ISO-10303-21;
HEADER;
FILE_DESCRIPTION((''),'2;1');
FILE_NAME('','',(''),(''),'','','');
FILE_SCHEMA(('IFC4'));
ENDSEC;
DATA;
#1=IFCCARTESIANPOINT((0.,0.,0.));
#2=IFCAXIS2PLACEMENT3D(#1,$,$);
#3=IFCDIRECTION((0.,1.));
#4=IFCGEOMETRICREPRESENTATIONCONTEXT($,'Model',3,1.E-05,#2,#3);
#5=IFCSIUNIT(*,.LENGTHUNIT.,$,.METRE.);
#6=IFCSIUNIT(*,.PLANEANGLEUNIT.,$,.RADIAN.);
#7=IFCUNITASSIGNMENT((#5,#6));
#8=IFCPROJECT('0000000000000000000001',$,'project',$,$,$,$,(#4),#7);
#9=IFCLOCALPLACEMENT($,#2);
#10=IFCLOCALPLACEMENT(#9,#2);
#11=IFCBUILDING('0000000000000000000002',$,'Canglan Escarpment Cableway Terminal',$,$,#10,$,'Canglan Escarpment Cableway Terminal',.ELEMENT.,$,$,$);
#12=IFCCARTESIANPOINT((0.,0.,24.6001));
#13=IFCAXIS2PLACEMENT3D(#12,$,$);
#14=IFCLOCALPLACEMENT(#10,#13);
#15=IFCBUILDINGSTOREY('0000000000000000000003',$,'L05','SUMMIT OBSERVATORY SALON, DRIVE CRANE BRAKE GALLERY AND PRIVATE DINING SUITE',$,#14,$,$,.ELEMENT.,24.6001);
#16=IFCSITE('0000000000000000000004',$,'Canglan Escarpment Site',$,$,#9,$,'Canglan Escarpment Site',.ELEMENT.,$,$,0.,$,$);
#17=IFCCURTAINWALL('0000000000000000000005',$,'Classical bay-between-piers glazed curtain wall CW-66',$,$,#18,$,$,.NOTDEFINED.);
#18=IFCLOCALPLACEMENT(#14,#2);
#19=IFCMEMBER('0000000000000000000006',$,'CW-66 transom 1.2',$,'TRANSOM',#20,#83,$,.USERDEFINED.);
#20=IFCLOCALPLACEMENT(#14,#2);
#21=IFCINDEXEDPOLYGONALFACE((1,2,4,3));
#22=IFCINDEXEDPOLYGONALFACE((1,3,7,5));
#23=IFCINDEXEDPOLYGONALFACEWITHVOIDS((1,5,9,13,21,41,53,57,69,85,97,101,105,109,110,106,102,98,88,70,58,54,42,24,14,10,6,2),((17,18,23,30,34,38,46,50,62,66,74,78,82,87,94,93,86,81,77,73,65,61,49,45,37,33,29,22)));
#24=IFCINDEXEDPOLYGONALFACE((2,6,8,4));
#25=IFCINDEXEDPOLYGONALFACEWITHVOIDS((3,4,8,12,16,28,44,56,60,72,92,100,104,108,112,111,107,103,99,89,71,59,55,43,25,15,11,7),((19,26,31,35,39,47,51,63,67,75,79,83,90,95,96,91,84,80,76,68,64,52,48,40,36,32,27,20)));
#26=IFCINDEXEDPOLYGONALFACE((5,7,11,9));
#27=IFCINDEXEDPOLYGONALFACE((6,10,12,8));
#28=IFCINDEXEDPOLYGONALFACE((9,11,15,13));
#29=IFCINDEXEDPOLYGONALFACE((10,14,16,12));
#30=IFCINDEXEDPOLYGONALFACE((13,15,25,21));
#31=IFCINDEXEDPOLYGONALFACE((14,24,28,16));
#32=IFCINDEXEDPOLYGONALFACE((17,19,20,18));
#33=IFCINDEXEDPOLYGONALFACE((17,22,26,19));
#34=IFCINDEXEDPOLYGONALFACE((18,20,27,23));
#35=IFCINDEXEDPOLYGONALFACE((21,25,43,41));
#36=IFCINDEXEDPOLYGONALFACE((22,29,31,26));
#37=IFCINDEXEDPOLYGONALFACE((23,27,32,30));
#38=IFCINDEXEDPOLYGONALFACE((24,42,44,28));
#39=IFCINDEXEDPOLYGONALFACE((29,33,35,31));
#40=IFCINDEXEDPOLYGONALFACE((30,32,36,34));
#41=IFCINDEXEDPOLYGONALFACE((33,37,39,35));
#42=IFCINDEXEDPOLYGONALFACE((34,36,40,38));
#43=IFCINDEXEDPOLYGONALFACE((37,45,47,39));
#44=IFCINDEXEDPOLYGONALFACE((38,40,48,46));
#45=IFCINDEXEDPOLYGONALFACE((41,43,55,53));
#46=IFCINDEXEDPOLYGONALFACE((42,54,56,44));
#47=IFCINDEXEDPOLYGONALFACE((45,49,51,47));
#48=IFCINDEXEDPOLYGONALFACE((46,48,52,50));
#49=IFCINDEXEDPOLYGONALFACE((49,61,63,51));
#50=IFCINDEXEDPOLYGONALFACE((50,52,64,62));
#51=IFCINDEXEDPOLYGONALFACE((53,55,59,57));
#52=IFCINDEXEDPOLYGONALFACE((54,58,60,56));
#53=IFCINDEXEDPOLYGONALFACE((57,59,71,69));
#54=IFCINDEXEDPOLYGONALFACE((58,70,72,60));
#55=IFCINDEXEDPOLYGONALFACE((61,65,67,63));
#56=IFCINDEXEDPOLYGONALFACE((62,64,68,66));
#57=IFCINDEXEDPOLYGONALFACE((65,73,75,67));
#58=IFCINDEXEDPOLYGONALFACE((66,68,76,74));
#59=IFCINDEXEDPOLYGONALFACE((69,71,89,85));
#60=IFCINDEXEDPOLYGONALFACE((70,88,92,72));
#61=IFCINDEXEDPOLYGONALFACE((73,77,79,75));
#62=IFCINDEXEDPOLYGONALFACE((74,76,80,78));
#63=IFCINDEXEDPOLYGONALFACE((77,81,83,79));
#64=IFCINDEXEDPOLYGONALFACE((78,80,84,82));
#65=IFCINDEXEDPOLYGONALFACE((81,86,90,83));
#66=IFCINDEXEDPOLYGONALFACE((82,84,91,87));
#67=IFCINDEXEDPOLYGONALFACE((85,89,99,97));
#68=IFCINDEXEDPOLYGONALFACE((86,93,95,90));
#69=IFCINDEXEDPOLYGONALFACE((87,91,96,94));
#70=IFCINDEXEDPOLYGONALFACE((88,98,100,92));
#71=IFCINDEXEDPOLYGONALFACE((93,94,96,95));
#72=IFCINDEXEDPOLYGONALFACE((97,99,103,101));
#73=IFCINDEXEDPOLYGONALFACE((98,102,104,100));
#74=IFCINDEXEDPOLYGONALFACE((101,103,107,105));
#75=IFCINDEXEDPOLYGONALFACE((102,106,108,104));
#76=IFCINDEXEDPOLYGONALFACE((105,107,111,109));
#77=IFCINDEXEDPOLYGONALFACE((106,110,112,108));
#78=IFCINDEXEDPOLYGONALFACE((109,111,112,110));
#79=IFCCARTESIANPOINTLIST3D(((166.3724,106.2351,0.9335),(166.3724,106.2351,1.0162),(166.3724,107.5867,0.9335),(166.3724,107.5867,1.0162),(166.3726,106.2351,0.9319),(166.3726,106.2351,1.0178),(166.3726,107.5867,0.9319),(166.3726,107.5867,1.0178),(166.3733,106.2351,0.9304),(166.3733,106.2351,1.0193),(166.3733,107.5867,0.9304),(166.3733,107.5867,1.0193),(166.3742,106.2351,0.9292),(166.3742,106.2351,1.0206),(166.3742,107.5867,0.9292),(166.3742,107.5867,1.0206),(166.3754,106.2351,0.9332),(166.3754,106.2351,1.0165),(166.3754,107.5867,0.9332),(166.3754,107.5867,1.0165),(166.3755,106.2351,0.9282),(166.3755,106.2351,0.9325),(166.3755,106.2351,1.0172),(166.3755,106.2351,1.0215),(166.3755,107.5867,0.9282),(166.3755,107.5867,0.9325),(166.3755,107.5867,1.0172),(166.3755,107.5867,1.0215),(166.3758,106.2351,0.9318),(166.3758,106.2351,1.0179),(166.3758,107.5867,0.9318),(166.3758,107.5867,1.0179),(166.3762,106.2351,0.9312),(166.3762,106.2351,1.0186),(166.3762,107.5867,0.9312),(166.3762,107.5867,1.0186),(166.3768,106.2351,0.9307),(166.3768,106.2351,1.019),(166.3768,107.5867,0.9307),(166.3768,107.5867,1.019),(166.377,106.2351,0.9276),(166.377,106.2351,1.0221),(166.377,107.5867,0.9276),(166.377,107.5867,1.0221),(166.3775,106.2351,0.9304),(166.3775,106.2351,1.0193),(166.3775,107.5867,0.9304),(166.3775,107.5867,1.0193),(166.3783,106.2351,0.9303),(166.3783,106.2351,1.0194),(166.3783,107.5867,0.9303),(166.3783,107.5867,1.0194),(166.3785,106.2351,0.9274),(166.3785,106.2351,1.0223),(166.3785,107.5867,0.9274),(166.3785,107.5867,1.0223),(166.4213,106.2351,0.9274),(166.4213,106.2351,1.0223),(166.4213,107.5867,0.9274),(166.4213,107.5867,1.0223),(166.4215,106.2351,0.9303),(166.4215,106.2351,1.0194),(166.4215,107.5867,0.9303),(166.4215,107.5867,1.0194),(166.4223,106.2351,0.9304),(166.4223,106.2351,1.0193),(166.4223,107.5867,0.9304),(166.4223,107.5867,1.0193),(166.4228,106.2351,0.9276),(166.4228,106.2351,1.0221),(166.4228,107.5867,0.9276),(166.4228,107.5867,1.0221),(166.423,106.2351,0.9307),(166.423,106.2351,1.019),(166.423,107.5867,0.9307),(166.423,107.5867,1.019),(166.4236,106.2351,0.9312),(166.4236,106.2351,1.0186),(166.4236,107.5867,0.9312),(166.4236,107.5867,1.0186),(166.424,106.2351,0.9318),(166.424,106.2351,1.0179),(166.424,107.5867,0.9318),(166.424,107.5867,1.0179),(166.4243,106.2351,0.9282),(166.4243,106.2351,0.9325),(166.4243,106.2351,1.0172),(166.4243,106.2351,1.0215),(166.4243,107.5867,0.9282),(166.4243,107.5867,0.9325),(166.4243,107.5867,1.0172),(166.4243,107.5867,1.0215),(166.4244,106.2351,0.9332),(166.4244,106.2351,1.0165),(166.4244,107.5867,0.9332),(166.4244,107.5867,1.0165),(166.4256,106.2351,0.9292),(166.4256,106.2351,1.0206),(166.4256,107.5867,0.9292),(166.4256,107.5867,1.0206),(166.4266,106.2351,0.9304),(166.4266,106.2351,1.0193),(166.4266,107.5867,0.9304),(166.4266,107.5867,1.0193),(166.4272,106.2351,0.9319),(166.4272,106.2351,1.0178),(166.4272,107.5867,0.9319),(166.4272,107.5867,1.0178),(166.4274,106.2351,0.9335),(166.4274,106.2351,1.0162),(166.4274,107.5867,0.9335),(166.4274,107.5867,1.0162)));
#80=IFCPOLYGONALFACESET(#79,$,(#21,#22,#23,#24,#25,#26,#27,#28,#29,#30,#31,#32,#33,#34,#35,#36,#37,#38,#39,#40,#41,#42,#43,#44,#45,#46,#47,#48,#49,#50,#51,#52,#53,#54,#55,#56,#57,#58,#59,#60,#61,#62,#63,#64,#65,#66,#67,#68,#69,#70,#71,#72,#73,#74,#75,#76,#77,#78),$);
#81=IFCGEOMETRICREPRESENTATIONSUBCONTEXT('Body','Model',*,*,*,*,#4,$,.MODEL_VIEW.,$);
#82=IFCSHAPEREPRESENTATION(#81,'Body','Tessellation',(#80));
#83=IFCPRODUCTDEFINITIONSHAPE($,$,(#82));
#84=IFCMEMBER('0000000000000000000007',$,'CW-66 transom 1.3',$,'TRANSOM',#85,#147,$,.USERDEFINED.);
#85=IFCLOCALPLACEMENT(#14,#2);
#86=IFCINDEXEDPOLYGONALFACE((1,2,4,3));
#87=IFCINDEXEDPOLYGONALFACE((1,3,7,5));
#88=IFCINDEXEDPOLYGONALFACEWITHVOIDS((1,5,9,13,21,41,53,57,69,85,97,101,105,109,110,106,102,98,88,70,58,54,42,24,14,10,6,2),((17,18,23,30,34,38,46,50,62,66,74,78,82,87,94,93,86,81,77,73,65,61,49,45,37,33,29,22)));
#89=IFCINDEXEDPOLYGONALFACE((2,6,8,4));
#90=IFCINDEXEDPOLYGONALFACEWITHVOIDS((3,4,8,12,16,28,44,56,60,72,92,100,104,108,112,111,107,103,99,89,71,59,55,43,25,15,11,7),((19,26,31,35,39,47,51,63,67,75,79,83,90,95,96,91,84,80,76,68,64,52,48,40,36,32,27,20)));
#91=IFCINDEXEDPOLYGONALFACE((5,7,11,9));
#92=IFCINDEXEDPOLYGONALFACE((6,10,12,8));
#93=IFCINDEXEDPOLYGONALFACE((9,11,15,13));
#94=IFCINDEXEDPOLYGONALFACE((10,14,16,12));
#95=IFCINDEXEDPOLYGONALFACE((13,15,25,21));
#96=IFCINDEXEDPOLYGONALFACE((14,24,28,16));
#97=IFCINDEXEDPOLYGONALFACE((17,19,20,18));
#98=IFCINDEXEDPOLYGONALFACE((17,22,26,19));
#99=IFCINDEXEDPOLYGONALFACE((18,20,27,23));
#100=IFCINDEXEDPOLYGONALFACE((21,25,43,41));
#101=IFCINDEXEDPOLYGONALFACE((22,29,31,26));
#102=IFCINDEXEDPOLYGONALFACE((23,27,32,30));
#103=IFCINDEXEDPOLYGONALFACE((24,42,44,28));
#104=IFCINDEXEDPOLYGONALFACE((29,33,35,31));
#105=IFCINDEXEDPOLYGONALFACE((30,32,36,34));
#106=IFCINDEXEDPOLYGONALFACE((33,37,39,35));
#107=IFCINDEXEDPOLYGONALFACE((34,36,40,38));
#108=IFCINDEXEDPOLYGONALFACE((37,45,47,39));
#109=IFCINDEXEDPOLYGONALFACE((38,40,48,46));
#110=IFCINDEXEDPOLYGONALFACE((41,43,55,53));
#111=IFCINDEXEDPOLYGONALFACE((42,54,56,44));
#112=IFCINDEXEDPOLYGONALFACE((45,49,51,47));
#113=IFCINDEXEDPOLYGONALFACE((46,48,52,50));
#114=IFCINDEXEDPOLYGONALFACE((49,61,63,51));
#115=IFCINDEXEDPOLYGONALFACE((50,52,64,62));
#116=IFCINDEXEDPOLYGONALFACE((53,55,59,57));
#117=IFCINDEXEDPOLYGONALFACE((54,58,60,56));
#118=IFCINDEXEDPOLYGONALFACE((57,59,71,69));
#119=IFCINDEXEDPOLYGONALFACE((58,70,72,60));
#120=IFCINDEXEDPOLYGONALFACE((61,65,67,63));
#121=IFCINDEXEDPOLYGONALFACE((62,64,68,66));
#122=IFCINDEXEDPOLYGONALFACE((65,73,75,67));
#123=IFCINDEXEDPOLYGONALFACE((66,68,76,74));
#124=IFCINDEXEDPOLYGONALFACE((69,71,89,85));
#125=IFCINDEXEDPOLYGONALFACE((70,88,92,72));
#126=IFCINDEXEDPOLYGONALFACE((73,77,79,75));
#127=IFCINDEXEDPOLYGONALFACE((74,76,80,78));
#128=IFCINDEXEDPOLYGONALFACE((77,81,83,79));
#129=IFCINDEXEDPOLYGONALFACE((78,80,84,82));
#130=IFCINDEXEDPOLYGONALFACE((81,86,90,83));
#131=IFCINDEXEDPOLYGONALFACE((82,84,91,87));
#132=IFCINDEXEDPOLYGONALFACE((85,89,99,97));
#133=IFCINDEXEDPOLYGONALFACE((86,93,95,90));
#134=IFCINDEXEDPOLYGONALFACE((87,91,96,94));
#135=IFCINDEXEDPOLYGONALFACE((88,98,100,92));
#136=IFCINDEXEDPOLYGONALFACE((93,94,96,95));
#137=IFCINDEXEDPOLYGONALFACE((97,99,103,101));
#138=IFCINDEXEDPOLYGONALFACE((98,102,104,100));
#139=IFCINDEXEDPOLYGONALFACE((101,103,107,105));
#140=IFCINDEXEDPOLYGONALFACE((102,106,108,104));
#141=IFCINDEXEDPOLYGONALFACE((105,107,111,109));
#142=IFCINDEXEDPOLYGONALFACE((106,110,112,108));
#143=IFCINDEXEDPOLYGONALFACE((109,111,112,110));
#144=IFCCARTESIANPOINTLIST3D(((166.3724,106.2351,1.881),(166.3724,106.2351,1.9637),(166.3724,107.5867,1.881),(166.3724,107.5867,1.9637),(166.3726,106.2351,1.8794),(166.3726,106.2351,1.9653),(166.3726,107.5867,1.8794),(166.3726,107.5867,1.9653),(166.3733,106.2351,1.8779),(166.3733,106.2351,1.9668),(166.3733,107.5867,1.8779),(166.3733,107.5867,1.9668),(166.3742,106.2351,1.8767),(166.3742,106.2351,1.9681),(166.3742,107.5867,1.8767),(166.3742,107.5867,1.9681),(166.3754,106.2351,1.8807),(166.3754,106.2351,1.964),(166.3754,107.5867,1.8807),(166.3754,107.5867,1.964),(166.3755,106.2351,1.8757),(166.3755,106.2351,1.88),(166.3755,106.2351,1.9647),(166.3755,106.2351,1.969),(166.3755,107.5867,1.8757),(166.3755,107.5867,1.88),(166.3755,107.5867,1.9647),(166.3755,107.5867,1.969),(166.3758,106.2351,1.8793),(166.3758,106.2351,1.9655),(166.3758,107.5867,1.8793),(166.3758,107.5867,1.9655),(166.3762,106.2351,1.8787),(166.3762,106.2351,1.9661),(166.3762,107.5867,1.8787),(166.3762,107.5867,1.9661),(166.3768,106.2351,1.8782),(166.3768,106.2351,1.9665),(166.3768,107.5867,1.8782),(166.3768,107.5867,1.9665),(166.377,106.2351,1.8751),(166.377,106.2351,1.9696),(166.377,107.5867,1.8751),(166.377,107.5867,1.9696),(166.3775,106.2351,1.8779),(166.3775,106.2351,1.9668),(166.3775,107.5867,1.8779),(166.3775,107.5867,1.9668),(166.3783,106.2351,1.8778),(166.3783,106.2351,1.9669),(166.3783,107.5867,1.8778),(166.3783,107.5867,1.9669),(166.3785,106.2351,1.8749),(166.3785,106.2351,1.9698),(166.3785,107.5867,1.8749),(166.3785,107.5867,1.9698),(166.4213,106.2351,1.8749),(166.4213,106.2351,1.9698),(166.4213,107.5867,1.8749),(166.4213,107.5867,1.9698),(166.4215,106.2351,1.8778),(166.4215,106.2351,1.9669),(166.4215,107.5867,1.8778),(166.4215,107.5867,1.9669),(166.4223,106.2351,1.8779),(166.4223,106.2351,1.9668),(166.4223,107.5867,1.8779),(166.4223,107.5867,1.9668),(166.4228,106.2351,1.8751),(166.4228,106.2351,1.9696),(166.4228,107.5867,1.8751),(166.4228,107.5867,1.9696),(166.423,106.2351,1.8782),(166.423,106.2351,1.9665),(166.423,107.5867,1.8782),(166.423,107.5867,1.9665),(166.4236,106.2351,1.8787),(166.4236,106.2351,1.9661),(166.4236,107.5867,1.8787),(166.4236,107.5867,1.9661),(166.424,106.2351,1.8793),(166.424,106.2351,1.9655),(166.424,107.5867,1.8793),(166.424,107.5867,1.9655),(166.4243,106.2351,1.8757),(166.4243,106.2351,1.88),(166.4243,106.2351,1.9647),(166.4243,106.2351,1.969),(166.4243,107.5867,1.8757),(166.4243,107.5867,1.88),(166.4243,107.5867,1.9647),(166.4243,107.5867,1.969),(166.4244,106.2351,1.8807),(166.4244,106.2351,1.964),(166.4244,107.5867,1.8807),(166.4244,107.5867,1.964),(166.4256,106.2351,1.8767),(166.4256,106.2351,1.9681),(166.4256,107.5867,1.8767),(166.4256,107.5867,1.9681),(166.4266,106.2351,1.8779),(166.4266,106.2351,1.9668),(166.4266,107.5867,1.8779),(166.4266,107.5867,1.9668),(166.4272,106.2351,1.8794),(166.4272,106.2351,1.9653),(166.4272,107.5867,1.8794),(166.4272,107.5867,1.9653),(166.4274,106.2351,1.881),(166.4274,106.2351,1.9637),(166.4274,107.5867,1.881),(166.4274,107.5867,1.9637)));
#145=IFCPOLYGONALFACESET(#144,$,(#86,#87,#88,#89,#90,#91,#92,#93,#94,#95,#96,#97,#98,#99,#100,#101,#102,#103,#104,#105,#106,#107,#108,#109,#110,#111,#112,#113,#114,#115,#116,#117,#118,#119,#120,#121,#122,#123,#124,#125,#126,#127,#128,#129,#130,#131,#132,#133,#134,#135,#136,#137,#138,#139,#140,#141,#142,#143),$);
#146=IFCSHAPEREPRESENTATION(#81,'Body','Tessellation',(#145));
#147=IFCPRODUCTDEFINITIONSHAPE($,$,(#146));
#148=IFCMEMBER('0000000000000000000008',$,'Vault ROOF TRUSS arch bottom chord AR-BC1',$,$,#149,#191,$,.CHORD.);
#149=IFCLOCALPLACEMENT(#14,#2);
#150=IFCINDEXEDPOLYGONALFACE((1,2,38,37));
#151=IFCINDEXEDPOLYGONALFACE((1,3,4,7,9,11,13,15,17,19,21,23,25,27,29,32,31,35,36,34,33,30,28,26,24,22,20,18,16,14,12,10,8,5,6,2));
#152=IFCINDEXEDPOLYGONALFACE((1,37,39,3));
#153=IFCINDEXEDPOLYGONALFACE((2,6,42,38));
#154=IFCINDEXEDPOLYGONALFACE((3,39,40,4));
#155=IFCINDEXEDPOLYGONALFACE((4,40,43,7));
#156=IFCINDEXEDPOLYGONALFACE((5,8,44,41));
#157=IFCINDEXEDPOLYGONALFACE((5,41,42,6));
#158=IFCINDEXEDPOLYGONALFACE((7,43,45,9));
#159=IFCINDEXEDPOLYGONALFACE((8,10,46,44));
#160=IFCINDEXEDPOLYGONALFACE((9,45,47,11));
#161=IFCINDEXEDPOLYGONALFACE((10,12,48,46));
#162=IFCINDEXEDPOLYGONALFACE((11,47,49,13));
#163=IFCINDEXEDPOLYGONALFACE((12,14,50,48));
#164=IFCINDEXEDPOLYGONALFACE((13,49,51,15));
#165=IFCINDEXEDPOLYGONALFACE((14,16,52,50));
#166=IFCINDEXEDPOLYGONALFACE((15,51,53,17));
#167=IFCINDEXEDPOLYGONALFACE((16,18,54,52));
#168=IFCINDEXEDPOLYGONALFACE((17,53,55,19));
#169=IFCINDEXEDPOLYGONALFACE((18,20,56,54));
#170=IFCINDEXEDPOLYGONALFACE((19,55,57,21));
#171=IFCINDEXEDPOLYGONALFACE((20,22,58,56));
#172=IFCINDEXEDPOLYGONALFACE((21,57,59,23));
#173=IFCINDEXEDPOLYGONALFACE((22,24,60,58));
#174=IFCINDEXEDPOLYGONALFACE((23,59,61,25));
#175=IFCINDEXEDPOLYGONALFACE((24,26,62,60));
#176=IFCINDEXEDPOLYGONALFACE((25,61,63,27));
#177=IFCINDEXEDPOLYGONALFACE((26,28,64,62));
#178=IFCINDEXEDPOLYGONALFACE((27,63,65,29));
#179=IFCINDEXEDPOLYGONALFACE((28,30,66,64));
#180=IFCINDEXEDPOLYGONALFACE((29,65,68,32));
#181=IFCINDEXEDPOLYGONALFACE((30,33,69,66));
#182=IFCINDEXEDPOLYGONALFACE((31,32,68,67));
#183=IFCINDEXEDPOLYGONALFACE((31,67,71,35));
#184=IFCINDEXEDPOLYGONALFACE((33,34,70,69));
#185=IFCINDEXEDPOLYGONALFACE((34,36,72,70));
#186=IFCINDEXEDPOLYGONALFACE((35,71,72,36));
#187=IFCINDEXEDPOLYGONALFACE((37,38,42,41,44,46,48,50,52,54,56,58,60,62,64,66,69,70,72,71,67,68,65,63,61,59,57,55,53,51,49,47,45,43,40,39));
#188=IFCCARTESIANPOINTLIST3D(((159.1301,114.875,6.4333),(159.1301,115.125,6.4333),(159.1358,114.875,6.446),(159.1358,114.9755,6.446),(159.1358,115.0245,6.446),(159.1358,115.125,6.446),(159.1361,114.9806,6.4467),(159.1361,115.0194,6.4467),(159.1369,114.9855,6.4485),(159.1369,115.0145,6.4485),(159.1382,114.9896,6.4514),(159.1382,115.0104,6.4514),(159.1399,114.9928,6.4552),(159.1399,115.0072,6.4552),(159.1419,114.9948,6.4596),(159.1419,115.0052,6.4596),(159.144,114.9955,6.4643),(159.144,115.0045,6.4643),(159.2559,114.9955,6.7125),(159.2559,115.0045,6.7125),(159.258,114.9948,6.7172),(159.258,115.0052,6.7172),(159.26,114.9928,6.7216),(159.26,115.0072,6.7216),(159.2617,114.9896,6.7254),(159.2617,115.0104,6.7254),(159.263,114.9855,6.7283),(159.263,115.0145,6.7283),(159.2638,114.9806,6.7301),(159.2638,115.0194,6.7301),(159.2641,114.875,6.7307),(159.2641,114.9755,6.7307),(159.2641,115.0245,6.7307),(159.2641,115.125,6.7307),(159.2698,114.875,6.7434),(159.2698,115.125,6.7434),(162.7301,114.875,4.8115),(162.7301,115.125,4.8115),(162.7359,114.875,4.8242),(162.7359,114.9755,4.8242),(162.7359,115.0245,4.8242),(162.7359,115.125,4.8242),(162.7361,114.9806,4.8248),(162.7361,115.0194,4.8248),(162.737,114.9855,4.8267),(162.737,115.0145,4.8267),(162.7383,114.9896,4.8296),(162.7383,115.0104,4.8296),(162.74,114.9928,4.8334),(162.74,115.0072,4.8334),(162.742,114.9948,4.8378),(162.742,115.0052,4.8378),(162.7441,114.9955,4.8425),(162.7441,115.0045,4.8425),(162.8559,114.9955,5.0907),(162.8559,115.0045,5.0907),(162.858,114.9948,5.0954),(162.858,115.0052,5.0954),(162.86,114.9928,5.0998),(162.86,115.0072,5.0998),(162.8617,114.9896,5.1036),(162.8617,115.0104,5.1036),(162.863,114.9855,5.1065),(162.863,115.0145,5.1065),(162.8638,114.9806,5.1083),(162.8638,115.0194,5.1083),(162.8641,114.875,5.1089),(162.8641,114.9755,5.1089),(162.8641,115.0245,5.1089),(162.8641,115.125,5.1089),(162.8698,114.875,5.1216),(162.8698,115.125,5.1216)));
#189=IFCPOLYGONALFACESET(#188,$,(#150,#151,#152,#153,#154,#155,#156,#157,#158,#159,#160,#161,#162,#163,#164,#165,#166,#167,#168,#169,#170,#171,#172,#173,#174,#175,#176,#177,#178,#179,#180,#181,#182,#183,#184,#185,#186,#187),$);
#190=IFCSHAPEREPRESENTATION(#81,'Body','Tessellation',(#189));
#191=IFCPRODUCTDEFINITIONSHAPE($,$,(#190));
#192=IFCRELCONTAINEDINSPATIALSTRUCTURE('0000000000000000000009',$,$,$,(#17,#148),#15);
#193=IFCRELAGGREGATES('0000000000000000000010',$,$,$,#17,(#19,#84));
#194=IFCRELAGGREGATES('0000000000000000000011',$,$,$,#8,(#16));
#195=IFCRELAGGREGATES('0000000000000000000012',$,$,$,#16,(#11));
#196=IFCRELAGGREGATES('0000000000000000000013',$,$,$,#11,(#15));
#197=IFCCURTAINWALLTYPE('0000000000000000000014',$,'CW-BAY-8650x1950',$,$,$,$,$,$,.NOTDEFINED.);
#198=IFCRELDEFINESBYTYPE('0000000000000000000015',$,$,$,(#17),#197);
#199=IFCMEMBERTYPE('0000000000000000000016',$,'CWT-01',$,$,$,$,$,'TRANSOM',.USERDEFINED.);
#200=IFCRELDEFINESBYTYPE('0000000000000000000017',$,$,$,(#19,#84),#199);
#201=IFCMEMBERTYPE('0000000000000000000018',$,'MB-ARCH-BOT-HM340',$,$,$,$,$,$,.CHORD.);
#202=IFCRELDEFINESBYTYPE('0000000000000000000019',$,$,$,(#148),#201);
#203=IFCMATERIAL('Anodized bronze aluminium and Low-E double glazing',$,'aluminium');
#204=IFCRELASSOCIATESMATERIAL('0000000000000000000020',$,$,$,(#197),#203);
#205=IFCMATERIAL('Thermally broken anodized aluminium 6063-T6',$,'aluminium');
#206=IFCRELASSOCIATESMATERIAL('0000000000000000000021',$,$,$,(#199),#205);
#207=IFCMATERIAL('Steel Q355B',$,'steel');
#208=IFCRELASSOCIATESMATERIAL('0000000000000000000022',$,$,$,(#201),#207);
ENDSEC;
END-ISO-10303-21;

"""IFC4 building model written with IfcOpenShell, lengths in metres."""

from ifc_helpers import new_model, si_unit, direction, frame, origin, origin_2d, place, context, subcontext, project, spatial, hollow_rectangle, i_section, extrude, material, material_profile, profile_set, type_object, element, aggregate, save


model = new_model("IFC4")

# Units and contexts
model_context = context("Model", 3, precision=1e-05, world=origin(), true_north=direction((0.0, 1.0)))
body_context = subcontext(model_context, "Body", "Model", "MODEL_VIEW")
ifc_project = project(units=[si_unit("LENGTHUNIT", "METRE"), si_unit("PLANEANGLEUNIT", "RADIAN")], contexts=[model_context])

# Site, building, storey
site_placement = place(None, origin())
site = spatial("IfcSite", under=ifc_project, at=site_placement, Name="Canglan Escarpment Site", LongName="Canglan Escarpment Site", CompositionType="ELEMENT", RefElevation=0.0)
building_placement = place(site_placement, origin())
building = spatial("IfcBuilding", under=site, at=building_placement, Name="Canglan Escarpment Cableway Terminal", LongName="Canglan Escarpment Cableway Terminal", CompositionType="ELEMENT")
storey_placement = place(building_placement, frame((0.0, 0.0, 24.6001)))
storey = spatial("IfcBuildingStorey", under=building, at=storey_placement, Name="L05", Description="SUMMIT OBSERVATORY SALON, DRIVE CRANE BRAKE GALLERY AND PRIVATE DINING SUITE", CompositionType="ELEMENT", Elevation=24.6001)

# Shared definitions
ifc_material_1 = material(Name="Steel Q355B", Category="steel")

# Curtain wall, members
ifc_material_2 = material(Name="Anodized bronze aluminium and Low-E double glazing", Category="aluminium")
curtain_wall_type = type_object("IfcCurtainWallType", Name="CW-BAY-8650x1950", PredefinedType="NOTDEFINED", material=ifc_material_2)
curtain_wall_placement = place(storey_placement, origin())
curtain_wall = element("IfcCurtainWall", 1, at=curtain_wall_placement, inside=storey, type_object=curtain_wall_type, Name="Classical bay-between-piers glazed curtain wall CW-66", PredefinedType="NOTDEFINED")
ifc_material_3 = material(Name="Thermally broken anodized aluminium 6063-T6", Category="aluminium")
ifc_material_profile_1 = material_profile(ifc_material_3, hollow_rectangle(XDim=0.0549, YDim=0.095, WallThickness=0.0029, InnerFilletRadius=0.0029, OuterFilletRadius=0.0061, at=origin_2d()), Name="ALU-TRAN 55x95x3")
ifc_profile_set_1 = profile_set([ifc_material_profile_1], Name="Thermally broken anodized aluminium 6063-T6")
member_type_1 = type_object("IfcMemberType", Name="CWT-01", ElementType="TRANSOM", PredefinedType="USERDEFINED", material=ifc_profile_set_1)
member_1_placement = place(storey_placement, frame((166.3999, 106.2351, 0.9749), z_axis=(0.0, 1.0, 0.0), x_axis=(-1.0, 0.0, 0.0)))
member_1 = element("IfcMember", 2, at=member_1_placement, type_object=member_type_1, Name="CW-66 transom 1.2", ObjectType="TRANSOM", PredefinedType="USERDEFINED", context=body_context, shape_type="SweptSolid", body=[
    extrude(hollow_rectangle(XDim=0.0549, YDim=0.095, WallThickness=0.0029, InnerFilletRadius=0.0029, OuterFilletRadius=0.0061, at=origin_2d()), origin(), (0.0, 0.0, 1.0), 1.3516),
])
member_2_placement = place(storey_placement, frame((166.3999, 106.2351, 1.9224), z_axis=(0.0, 1.0, 0.0), x_axis=(-1.0, 0.0, 0.0)))
member_2 = element("IfcMember", 3, at=member_2_placement, type_object=member_type_1, Name="CW-66 transom 1.3", ObjectType="TRANSOM", PredefinedType="USERDEFINED", context=body_context, shape_type="SweptSolid", body=[
    extrude(hollow_rectangle(XDim=0.0549, YDim=0.095, WallThickness=0.0029, InnerFilletRadius=0.0029, OuterFilletRadius=0.0061, at=origin_2d()), origin(), (0.0, 0.0, 1.0), 1.3516),
])

# Member
ifc_material_profile_2 = material_profile(ifc_material_1, i_section(OverallWidth=0.25, OverallDepth=0.3401, WebThickness=0.009, FlangeThickness=0.0139, FilletRadius=0.02, at=origin_2d()), Name="HM 340x250x9x14")
ifc_profile_set_2 = profile_set([ifc_material_profile_2], Name="Steel Q355B")
member_type_2 = type_object("IfcMemberType", Name="MB-ARCH-BOT-HM340", PredefinedType="CHORD", material=ifc_profile_set_2)
member_3_placement = place(storey_placement, frame((159.2, 115.0, 6.5884), z_axis=(0.911753, 0.0, -0.41074), x_axis=(0.0, 1.0, 0.0)))
element("IfcMember", 4, at=member_3_placement, inside=storey, type_object=member_type_2, Name="Vault ROOF TRUSS arch bottom chord AR-BC1", PredefinedType="CHORD", context=body_context, shape_type="SweptSolid", body=[
    extrude(i_section(OverallWidth=0.25, OverallDepth=0.3401, WebThickness=0.009, FlangeThickness=0.0139, FilletRadius=0.02, at=origin_2d()), origin(), (0.0, 0.0, 1.0), 3.9485),
])

aggregate(curtain_wall, [member_1, member_2])

save(model, "model.ifc")
